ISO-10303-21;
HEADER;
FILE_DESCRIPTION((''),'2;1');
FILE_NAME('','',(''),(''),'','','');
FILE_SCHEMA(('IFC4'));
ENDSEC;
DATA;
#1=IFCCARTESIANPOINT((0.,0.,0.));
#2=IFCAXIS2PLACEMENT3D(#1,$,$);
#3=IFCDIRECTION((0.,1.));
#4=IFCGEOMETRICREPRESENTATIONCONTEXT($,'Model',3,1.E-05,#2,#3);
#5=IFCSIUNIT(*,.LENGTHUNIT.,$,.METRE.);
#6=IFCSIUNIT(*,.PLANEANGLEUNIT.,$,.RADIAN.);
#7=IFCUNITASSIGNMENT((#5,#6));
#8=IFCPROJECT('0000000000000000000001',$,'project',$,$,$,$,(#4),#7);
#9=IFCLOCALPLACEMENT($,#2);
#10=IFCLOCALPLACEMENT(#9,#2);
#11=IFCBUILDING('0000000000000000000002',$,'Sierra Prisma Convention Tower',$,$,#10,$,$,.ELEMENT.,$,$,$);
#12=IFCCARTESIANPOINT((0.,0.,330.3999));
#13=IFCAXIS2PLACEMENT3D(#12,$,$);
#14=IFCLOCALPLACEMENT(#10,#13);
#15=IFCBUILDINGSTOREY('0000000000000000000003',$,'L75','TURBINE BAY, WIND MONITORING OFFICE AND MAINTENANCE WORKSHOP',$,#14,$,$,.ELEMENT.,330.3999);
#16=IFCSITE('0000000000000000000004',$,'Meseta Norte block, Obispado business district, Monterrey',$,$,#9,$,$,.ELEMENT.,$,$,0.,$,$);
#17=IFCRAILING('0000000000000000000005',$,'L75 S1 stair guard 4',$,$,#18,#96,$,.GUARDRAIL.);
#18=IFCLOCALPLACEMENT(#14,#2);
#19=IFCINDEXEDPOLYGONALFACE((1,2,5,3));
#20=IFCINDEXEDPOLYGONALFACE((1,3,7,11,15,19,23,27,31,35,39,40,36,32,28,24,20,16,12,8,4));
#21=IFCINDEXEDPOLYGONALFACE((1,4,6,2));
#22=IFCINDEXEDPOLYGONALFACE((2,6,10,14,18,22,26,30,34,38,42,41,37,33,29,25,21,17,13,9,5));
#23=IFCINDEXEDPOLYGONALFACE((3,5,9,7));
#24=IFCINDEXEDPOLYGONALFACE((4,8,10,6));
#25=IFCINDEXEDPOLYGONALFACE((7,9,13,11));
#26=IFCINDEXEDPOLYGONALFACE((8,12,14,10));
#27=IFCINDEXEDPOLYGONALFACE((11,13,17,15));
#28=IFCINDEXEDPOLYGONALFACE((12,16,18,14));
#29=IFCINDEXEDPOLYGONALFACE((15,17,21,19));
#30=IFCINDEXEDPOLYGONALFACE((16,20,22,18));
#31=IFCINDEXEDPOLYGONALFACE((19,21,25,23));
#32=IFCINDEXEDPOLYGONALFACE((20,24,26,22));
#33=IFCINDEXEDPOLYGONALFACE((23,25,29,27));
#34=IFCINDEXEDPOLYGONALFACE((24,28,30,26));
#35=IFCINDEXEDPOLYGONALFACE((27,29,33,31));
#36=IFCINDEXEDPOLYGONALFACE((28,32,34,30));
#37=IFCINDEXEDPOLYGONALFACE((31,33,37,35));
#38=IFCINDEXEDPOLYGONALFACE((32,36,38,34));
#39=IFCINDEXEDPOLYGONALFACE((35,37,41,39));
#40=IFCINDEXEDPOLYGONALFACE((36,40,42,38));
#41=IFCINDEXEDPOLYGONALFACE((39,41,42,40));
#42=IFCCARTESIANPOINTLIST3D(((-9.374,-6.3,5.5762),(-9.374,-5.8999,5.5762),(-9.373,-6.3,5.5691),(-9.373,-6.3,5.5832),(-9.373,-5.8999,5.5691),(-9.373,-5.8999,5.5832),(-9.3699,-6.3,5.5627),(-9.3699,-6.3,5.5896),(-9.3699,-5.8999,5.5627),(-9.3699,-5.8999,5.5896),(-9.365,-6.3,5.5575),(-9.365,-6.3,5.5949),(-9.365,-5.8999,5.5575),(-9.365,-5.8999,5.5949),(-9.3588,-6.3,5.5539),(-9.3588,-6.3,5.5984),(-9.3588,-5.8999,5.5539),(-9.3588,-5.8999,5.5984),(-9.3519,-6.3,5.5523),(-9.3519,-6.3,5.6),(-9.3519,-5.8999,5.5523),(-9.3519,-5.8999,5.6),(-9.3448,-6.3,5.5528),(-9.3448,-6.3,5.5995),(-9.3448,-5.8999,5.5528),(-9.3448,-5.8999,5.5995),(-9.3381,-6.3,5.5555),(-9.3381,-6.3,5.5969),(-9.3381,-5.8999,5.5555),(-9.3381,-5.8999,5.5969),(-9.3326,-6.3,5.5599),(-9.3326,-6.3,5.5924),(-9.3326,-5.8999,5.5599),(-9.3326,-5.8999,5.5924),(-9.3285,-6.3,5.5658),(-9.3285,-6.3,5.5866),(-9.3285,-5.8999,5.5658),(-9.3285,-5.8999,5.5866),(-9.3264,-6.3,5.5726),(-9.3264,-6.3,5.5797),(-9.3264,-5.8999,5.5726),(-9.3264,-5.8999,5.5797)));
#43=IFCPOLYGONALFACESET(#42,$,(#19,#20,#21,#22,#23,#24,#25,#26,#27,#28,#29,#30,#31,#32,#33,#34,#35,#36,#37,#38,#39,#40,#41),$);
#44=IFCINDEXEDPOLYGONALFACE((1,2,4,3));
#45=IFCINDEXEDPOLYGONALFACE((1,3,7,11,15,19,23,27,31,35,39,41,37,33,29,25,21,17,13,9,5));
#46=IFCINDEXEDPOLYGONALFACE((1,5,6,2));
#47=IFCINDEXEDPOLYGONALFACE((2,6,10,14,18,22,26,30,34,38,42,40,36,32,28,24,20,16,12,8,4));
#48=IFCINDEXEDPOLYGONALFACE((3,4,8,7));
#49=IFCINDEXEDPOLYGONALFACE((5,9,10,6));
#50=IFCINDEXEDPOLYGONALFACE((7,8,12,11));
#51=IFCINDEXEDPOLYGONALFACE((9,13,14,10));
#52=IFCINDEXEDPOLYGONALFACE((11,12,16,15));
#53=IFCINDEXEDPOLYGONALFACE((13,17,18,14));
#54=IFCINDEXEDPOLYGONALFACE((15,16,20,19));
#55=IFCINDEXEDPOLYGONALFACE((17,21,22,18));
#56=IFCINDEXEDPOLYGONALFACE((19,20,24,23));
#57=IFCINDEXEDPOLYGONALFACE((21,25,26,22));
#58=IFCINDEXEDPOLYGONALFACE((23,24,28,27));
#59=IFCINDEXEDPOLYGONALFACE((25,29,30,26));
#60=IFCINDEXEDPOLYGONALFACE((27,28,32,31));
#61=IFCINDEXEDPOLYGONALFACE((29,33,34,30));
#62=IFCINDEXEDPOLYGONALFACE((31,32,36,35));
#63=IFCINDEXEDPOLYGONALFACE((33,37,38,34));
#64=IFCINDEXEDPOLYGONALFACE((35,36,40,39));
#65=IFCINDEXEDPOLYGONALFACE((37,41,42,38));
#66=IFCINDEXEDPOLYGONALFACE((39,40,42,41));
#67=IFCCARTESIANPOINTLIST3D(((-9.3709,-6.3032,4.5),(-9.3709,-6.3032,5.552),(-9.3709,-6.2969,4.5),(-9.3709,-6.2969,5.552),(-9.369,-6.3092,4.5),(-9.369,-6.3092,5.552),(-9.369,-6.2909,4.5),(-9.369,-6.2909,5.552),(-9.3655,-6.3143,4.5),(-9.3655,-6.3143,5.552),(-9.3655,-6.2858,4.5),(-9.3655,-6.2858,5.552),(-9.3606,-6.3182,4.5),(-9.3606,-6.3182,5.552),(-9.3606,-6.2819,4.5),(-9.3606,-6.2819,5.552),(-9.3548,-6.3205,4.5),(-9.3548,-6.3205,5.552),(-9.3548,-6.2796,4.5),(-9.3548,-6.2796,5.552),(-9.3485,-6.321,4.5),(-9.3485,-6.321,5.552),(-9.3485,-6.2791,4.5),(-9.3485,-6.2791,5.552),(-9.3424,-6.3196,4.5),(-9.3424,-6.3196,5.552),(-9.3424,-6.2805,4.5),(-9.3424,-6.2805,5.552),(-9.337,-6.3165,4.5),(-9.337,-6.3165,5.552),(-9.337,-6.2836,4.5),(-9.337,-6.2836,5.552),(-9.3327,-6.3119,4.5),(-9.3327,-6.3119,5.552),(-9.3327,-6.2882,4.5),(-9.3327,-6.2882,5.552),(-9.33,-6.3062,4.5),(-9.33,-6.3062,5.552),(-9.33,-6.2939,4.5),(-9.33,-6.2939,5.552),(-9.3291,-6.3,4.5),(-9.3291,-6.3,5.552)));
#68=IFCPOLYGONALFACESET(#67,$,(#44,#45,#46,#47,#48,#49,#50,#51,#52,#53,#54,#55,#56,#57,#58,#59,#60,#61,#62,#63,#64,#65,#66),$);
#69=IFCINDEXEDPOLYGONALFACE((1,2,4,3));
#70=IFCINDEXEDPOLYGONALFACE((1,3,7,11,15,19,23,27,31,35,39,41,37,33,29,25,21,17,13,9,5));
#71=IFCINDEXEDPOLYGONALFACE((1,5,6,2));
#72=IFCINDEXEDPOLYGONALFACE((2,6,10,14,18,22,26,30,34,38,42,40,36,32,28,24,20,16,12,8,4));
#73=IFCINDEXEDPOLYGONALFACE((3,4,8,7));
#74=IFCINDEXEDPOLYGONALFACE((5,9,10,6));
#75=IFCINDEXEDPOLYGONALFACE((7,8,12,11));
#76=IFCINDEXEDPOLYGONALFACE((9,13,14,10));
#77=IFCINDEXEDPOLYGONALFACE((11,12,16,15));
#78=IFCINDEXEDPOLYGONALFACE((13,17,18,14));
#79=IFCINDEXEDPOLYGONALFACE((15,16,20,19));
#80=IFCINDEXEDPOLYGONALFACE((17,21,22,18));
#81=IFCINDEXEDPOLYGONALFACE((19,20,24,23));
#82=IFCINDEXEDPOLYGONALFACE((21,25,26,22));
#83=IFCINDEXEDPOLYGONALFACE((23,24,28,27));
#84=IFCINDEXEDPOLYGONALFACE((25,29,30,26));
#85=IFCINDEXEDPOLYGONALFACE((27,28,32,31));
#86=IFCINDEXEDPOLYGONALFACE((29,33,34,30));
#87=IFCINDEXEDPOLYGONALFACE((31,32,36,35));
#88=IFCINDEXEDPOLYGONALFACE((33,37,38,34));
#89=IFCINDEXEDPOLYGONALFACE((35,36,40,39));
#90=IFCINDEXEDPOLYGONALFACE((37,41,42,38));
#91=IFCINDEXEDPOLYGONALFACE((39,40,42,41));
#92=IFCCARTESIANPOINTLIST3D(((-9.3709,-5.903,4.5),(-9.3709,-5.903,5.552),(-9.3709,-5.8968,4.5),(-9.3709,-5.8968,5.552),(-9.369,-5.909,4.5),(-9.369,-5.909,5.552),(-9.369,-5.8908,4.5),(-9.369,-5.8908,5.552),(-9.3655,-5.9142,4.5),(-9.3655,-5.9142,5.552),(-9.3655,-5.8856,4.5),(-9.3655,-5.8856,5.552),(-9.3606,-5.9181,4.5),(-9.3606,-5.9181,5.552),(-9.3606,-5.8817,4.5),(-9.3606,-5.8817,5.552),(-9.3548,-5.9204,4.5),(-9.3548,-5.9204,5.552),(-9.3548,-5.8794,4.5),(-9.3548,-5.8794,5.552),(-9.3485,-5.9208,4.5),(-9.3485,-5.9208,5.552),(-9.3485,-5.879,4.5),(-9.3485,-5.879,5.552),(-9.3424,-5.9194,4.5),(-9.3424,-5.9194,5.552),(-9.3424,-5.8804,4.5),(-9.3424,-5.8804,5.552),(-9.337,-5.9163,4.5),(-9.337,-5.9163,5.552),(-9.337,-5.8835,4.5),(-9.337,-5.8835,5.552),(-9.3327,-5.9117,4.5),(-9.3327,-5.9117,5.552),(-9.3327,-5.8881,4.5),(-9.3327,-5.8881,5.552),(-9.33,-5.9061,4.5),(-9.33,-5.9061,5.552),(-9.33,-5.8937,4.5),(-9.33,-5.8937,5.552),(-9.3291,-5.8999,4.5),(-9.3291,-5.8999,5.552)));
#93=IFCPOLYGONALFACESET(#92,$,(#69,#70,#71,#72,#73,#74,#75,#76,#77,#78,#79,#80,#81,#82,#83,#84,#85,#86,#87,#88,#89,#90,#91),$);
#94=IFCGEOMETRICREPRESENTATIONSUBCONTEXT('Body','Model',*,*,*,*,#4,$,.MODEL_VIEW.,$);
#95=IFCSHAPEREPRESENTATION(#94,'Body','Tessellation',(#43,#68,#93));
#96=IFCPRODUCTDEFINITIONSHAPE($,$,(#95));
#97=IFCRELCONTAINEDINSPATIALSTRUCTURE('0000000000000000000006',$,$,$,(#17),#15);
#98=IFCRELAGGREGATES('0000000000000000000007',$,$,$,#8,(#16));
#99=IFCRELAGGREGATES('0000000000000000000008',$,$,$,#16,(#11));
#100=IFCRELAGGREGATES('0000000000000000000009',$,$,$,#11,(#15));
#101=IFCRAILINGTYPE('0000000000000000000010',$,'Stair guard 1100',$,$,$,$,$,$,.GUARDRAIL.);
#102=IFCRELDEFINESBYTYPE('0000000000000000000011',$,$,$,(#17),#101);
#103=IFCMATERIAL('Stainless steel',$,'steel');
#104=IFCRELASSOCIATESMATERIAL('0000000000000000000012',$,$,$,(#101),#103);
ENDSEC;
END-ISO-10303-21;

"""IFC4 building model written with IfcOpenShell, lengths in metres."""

from ifc_helpers import new_model, si_unit, direction, frame, origin, origin_2d, place, context, subcontext, project, spatial, circle, extrude, material, type_object, element, save


model = new_model("IFC4")

# Units and contexts
model_context = context("Model", 3, precision=1e-05, world=origin(), true_north=direction((0.0, 1.0)))
body_context = subcontext(model_context, "Body", "Model", "MODEL_VIEW")
ifc_project = project(units=[si_unit("LENGTHUNIT", "METRE"), si_unit("PLANEANGLEUNIT", "RADIAN")], contexts=[model_context])

# Site, building, storey
site_placement = place(None, origin())
site = spatial("IfcSite", under=ifc_project, at=site_placement, Name="Meseta Norte block, Obispado business district, Monterrey", CompositionType="ELEMENT", RefElevation=0.0)
building_placement = place(site_placement, origin())
building = spatial("IfcBuilding", under=site, at=building_placement, Name="Sierra Prisma Convention Tower", CompositionType="ELEMENT")
storey_placement = place(building_placement, frame((0.0, 0.0, 330.3999)))
storey = spatial("IfcBuildingStorey", under=building, at=storey_placement, Name="L75", Description="TURBINE BAY, WIND MONITORING OFFICE AND MAINTENANCE WORKSHOP", CompositionType="ELEMENT", Elevation=330.3999)

# Railing
ifc_material_1 = material(Name="Stainless steel", Category="steel")
railing_type_1 = type_object("IfcRailingType", Name="Stair guard 1100", PredefinedType="GUARDRAIL", material=ifc_material_1)
railing_1_placement = place(storey_placement, frame((-9.3501, -6.3, 4.5)))
element("IfcRailing", 1, at=railing_1_placement, inside=storey, type_object=railing_type_1, Name="L75 S1 stair guard 4", PredefinedType="GUARDRAIL", context=body_context, shape_type="SweptSolid", body=[
    extrude(circle(Radius=0.0239, at=origin_2d()), frame((0.0, 0.0, 1.0762), z_axis=(0.0, 1.0, 0.0), x_axis=(-1.0, 0.0, 0.0)), (0.0, 0.0, 1.0), 0.4001),
    extrude(circle(Radius=0.021, at=origin_2d()), origin(), (0.0, 0.0, 1.0), 1.052),
    extrude(circle(Radius=0.021, at=origin_2d()), frame((0.0, 0.4001, 0.0)), (0.0, 0.0, 1.0), 1.052),
])

save(model, "model.ifc")
